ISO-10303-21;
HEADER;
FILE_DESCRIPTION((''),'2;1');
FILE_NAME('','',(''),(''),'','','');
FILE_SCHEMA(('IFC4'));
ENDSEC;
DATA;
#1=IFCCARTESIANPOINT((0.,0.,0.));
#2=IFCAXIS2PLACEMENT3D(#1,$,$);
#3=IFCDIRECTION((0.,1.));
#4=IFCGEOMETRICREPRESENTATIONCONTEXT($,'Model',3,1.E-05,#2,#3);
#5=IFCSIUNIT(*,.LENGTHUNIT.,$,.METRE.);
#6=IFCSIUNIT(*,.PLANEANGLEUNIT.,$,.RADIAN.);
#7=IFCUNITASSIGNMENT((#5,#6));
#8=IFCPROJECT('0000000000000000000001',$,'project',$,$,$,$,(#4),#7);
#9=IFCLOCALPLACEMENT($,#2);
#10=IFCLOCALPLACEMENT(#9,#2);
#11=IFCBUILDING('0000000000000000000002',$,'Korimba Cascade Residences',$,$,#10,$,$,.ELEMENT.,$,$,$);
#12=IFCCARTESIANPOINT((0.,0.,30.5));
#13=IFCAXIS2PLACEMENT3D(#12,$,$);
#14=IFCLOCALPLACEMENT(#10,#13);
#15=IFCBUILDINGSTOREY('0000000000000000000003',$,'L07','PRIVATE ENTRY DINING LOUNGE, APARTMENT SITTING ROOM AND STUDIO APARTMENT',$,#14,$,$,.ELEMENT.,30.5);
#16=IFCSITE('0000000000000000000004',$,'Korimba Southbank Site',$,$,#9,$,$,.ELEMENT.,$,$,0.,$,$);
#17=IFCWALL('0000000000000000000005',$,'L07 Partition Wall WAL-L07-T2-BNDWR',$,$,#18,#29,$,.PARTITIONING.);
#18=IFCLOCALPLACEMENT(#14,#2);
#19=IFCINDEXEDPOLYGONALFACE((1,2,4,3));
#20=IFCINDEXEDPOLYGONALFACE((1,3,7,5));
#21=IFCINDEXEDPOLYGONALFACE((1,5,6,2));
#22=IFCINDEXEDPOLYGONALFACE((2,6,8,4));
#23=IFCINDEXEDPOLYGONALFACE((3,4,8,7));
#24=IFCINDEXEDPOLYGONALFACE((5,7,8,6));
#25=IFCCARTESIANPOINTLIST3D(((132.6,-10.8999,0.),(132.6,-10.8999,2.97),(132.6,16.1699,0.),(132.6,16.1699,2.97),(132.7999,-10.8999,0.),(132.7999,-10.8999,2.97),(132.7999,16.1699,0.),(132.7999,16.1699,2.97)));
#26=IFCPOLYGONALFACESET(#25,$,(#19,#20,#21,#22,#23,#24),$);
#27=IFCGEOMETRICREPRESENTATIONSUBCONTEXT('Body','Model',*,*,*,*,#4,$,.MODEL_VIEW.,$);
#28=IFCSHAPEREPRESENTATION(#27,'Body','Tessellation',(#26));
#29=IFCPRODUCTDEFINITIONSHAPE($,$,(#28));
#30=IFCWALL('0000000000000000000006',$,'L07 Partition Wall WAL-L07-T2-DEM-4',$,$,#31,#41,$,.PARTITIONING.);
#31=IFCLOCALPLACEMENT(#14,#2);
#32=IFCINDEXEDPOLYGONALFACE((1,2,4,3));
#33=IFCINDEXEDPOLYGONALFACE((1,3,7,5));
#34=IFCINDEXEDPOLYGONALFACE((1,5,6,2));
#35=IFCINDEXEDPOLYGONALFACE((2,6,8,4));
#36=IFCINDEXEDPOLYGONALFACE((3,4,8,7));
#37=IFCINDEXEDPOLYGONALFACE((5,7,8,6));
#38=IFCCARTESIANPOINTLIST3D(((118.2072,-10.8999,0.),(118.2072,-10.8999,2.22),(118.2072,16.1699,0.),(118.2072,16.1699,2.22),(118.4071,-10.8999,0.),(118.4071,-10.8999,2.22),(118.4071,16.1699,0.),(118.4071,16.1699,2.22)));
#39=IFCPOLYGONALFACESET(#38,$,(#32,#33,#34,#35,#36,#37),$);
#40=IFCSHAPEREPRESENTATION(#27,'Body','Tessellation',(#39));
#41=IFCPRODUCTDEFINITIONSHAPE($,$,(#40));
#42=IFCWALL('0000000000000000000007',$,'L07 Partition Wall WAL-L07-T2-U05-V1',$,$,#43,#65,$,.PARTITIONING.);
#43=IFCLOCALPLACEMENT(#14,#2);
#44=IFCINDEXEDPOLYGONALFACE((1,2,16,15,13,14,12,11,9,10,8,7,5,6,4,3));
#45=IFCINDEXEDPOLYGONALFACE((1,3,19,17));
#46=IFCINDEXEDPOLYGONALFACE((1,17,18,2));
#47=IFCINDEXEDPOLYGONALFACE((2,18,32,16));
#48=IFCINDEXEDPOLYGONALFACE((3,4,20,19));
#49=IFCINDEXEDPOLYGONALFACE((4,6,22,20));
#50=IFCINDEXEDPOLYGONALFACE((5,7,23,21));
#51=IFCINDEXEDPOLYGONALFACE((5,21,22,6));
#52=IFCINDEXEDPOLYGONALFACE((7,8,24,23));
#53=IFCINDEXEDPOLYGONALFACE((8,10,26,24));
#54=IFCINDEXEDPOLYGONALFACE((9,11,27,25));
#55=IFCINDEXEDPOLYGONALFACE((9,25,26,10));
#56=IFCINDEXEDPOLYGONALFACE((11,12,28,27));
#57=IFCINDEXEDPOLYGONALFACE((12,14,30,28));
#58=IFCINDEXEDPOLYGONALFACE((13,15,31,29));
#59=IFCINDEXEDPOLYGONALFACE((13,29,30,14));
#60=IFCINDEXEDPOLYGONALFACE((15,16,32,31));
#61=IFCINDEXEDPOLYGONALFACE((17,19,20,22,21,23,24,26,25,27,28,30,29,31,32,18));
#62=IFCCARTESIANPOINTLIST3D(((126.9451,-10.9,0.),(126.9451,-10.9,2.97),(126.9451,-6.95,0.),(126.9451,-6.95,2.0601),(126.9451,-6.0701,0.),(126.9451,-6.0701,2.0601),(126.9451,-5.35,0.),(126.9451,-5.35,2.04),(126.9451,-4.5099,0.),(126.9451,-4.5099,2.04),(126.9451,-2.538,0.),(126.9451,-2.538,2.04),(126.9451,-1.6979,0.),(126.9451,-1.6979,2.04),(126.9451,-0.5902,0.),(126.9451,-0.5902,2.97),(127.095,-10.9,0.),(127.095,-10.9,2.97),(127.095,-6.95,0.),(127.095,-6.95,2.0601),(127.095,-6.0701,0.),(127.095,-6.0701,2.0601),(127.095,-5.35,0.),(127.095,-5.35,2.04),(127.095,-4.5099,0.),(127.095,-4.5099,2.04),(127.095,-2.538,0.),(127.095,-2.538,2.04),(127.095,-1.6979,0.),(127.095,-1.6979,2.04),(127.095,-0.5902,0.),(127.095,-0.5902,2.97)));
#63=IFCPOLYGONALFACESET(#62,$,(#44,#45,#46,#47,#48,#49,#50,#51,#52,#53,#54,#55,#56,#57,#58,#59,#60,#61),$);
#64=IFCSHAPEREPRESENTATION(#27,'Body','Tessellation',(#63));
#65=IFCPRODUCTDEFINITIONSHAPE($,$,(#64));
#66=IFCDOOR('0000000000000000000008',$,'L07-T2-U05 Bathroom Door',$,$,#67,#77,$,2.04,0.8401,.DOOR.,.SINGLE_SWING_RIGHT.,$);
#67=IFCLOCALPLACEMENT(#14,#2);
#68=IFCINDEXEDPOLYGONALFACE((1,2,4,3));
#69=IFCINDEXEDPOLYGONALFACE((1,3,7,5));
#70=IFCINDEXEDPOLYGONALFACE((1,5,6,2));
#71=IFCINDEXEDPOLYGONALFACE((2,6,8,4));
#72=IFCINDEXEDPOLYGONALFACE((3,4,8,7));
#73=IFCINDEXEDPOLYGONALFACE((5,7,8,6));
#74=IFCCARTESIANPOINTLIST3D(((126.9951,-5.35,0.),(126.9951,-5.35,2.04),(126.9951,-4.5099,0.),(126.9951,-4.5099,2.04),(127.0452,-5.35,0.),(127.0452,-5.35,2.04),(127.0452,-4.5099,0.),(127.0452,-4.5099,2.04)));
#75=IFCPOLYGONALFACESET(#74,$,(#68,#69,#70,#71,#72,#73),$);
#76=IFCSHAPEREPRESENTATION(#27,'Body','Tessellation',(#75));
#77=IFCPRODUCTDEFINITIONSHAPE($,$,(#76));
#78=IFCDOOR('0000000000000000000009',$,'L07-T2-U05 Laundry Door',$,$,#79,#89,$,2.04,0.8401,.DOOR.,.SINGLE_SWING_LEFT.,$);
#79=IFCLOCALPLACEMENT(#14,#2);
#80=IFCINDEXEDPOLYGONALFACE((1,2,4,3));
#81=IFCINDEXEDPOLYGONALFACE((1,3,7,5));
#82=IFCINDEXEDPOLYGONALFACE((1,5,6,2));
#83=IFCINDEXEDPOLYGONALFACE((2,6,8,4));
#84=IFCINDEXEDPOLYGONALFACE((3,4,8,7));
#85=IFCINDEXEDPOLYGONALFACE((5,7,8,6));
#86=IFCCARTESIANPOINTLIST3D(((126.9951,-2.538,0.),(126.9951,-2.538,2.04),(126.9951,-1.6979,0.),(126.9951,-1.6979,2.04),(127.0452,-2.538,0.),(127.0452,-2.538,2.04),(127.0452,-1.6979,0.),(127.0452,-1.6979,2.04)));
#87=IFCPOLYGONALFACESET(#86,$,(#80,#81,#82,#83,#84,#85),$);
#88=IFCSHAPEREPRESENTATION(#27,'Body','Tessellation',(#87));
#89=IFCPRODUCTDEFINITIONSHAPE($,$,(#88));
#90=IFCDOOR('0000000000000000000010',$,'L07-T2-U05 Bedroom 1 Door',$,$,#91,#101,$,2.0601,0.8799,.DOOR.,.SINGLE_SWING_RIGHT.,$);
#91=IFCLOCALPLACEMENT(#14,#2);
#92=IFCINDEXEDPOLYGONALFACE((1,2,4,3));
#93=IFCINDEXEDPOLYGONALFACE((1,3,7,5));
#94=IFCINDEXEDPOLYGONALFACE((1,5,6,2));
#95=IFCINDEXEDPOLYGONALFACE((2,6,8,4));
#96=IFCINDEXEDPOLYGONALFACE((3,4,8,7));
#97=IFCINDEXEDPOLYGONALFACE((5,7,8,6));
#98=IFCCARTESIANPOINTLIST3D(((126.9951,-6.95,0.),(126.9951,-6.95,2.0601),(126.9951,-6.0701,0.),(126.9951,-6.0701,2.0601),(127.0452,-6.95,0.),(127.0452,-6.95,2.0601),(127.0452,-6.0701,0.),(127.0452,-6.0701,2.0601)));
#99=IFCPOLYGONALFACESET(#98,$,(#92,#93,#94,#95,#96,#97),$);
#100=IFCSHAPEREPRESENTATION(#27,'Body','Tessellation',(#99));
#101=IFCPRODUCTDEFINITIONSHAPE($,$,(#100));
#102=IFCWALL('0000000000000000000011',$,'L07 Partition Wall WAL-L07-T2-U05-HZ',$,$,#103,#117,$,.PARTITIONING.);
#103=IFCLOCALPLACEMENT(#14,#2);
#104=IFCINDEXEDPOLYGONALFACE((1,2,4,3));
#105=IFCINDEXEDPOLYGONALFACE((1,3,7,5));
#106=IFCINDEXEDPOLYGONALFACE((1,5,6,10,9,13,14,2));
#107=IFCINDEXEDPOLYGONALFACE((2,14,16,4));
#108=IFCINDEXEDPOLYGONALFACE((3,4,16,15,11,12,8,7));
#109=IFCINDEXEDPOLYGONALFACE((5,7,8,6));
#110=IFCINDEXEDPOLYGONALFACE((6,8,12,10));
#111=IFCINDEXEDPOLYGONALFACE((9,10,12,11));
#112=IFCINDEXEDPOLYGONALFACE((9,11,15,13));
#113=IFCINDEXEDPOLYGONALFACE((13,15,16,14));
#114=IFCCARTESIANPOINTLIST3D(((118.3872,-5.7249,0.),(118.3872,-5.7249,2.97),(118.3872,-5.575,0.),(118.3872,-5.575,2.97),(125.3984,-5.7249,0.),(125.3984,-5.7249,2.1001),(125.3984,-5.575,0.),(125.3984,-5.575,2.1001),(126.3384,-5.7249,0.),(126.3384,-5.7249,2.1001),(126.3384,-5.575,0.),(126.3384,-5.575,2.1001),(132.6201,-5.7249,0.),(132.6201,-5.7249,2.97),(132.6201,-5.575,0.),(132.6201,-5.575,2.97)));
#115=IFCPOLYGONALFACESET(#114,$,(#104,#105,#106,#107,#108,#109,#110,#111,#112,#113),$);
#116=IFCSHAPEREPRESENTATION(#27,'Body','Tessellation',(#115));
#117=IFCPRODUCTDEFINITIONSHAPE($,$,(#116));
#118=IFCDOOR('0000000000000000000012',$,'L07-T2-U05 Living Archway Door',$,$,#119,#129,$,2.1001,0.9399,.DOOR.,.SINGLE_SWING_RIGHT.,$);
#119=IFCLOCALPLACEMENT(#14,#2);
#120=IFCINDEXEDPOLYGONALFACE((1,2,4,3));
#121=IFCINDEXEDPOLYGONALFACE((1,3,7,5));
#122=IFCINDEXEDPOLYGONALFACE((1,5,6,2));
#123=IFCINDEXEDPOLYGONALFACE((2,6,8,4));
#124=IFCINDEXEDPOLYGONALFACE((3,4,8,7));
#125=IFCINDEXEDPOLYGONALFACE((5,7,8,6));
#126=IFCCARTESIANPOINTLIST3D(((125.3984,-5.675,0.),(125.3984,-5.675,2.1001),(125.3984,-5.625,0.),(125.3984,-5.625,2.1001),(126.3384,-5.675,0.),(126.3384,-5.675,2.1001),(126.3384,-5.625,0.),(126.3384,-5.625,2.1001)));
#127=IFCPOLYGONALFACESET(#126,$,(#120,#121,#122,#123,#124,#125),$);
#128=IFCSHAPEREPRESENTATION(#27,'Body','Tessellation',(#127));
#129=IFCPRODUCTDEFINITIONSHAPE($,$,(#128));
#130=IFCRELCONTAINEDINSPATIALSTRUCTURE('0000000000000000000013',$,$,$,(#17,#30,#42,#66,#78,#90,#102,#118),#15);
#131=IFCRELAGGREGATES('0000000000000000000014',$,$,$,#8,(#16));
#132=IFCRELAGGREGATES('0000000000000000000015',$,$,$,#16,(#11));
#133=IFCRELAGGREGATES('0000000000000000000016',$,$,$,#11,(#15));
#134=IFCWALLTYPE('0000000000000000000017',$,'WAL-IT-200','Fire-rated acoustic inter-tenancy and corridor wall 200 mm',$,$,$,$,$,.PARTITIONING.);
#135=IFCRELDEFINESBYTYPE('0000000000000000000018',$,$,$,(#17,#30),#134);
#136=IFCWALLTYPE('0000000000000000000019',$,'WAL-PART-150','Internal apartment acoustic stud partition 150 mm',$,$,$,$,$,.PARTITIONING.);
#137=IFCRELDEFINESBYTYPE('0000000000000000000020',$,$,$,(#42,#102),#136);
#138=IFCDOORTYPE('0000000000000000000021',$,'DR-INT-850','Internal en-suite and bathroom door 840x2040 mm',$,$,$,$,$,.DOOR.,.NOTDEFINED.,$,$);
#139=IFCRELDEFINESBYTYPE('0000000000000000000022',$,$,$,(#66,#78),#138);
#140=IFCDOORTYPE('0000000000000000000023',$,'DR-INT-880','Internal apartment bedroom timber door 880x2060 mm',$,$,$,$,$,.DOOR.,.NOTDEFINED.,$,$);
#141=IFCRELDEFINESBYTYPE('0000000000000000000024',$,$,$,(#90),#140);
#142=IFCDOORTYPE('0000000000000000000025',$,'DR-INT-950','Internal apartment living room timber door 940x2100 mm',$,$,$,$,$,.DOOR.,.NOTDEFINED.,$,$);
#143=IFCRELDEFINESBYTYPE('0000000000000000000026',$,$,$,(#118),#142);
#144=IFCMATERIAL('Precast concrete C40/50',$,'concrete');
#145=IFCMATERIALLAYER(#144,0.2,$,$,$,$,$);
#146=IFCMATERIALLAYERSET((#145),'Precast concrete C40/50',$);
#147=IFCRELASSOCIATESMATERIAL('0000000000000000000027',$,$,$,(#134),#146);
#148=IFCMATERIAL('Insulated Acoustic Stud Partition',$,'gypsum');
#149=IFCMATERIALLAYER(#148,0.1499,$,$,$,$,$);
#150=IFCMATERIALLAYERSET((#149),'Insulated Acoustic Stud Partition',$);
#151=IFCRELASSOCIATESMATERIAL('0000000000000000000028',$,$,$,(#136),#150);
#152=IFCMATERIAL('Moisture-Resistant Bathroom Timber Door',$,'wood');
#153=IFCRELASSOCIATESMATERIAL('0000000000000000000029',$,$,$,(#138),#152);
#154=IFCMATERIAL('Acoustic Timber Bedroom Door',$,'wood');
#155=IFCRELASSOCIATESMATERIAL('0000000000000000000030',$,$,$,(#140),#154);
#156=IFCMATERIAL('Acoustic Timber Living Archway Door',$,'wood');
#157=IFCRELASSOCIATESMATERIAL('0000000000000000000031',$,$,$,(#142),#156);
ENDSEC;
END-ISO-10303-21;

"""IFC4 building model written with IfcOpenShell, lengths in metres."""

from ifc_helpers import new_model, si_unit, direction, frame, frame_2d, origin, place, context, subcontext, project, spatial, rectangle, extrude, material, layer, layer_set, type_object, element, fill, save


model = new_model("IFC4")

# Units and contexts
model_context = context("Model", 3, precision=1e-05, world=origin(), true_north=direction((0.0, 1.0)))
body_context = subcontext(model_context, "Body", "Model", "MODEL_VIEW")
ifc_project = project(units=[si_unit("LENGTHUNIT", "METRE"), si_unit("PLANEANGLEUNIT", "RADIAN")], contexts=[model_context])

# Site, building, storey
site_placement = place(None, origin())
site = spatial("IfcSite", under=ifc_project, at=site_placement, Name="Korimba Southbank Site", CompositionType="ELEMENT", RefElevation=0.0)
building_placement = place(site_placement, origin())
building = spatial("IfcBuilding", under=site, at=building_placement, Name="Korimba Cascade Residences", CompositionType="ELEMENT")
storey_placement = place(building_placement, frame((0.0, 0.0, 30.5)))
storey = spatial("IfcBuildingStorey", under=building, at=storey_placement, Name="L07", Description="PRIVATE ENTRY DINING LOUNGE, APARTMENT SITTING ROOM AND STUDIO APARTMENT", CompositionType="ELEMENT", Elevation=30.5)

# Shared definitions
ifc_material_1 = material(Name="Precast concrete C40/50", Category="concrete")

# Walls
ifc_layer_1 = layer(ifc_material_1, 0.2)
ifc_layer_set_1 = layer_set([ifc_layer_1], Name="Precast concrete C40/50")
wall_type_1 = type_object("IfcWallType", Name="WAL-IT-200", Description="Fire-rated acoustic inter-tenancy and corridor wall 200 mm", PredefinedType="PARTITIONING", material=ifc_layer_set_1)
wall_1_placement = place(storey_placement, frame((132.7, -10.8999, 0.0), z_axis=(0.0, 0.0, 1.0), x_axis=(0.0, 1.0, 0.0)))
element("IfcWall", 1, at=wall_1_placement, inside=storey, type_object=wall_type_1, Name="L07 Partition Wall WAL-L07-T2-BNDWR", PredefinedType="PARTITIONING", context=body_context, shape_type="SweptSolid", body=[
    extrude(rectangle(XDim=27.0698, YDim=0.2, at=frame_2d((13.5349, 0.0))), origin(), (0.0, 0.0, 1.0), 2.97),
])
wall_2_placement = place(storey_placement, frame((118.3071, -10.8999, 0.0), z_axis=(0.0, 0.0, 1.0), x_axis=(0.0, 1.0, 0.0)))
element("IfcWall", 2, at=wall_2_placement, inside=storey, type_object=wall_type_1, Name="L07 Partition Wall WAL-L07-T2-DEM-4", PredefinedType="PARTITIONING", context=body_context, shape_type="SweptSolid", body=[
    extrude(rectangle(XDim=27.0698, YDim=0.2, at=frame_2d((13.5349, 0.0))), origin(), (0.0, 0.0, 1.0), 2.22),
])

# Wall, openings, doors
ifc_material_2 = material(Name="Insulated Acoustic Stud Partition", Category="gypsum")
ifc_layer_2 = layer(ifc_material_2, 0.1499)
ifc_layer_set_2 = layer_set([ifc_layer_2], Name="Insulated Acoustic Stud Partition")
wall_type_2 = type_object("IfcWallType", Name="WAL-PART-150", Description="Internal apartment acoustic stud partition 150 mm", PredefinedType="PARTITIONING", material=ifc_layer_set_2)
wall_3_placement = place(storey_placement, frame((127.02, -10.8999, 0.0), z_axis=(0.0, 0.0, 1.0), x_axis=(0.0, 1.0, 0.0)))
wall_3 = element("IfcWall", 3, at=wall_3_placement, inside=storey, type_object=wall_type_2, Name="L07 Partition Wall WAL-L07-T2-U05-V1", PredefinedType="PARTITIONING", context=body_context, shape_type="SweptSolid", body=[
    extrude(rectangle(XDim=10.3098, YDim=0.1499, at=frame_2d((5.1548, 0.0))), origin(), (0.0, 0.0, 1.0), 2.97),
])
opening_1_placement = place(wall_3_placement, frame((5.55, 0.0, 0.0)))
opening_1 = element("IfcOpeningElement", 4, at=opening_1_placement, cuts=wall_3, PredefinedType="OPENING", context=body_context, shape_type="SweptSolid", body=[
    extrude(rectangle(XDim=0.8401, YDim=2.04, at=frame_2d((0.4199, 1.02))), frame((0.0, 0.085, 0.0), z_axis=(0.0, -1.0, 0.0), x_axis=(1.0, 0.0, 0.0)), (0.0, 0.0, 1.0), 0.1699),
])
opening_2_placement = place(wall_3_placement, frame((8.3621, 0.0, 0.0)))
opening_2 = element("IfcOpeningElement", 5, at=opening_2_placement, cuts=wall_3, PredefinedType="OPENING", context=body_context, shape_type="SweptSolid", body=[
    extrude(rectangle(XDim=0.8401, YDim=2.04, at=frame_2d((0.4199, 1.02))), frame((0.0, 0.085, 0.0), z_axis=(0.0, -1.0, 0.0), x_axis=(1.0, 0.0, 0.0)), (0.0, 0.0, 1.0), 0.1699),
])
opening_3_placement = place(wall_3_placement, frame((3.95, 0.0, 0.0)))
opening_3 = element("IfcOpeningElement", 6, at=opening_3_placement, cuts=wall_3, PredefinedType="OPENING", context=body_context, shape_type="SweptSolid", body=[
    extrude(rectangle(XDim=0.8799, YDim=2.0601, at=frame_2d((0.4399, 1.03))), frame((0.0, 0.085, 0.0), z_axis=(0.0, -1.0, 0.0), x_axis=(1.0, 0.0, 0.0)), (0.0, 0.0, 1.0), 0.1699),
])
ifc_material_3 = material(Name="Moisture-Resistant Bathroom Timber Door", Category="wood")
door_type_1 = type_object("IfcDoorType", Name="DR-INT-850", Description="Internal en-suite and bathroom door 840x2040 mm", OperationType="NOTDEFINED", PredefinedType="DOOR", material=ifc_material_3)
door_1_placement = place(opening_1_placement, origin())
door_1 = element("IfcDoor", 7, at=door_1_placement, inside=storey, type_object=door_type_1, Name="L07-T2-U05 Bathroom Door", OperationType="SINGLE_SWING_RIGHT", OverallHeight=2.04, OverallWidth=0.8401, PredefinedType="DOOR", context=body_context, shape_type="SweptSolid", body=[
    extrude(rectangle(XDim=0.8401, YDim=2.04, at=frame_2d((0.4199, 1.02))), frame((0.0, 0.0249, 0.0), z_axis=(0.0, -1.0, 0.0), x_axis=(1.0, 0.0, 0.0)), (0.0, 0.0, 1.0), 0.05),
])
fill(opening_1, door_1)
door_2_placement = place(opening_2_placement, origin())
door_2 = element("IfcDoor", 8, at=door_2_placement, inside=storey, type_object=door_type_1, Name="L07-T2-U05 Laundry Door", OperationType="SINGLE_SWING_LEFT", OverallHeight=2.04, OverallWidth=0.8401, PredefinedType="DOOR", context=body_context, shape_type="SweptSolid", body=[
    extrude(rectangle(XDim=0.8401, YDim=2.04, at=frame_2d((0.4199, 1.02))), frame((0.0, 0.0249, 0.0), z_axis=(0.0, -1.0, 0.0), x_axis=(1.0, 0.0, 0.0)), (0.0, 0.0, 1.0), 0.05),
])
fill(opening_2, door_2)
ifc_material_4 = material(Name="Acoustic Timber Bedroom Door", Category="wood")
door_type_2 = type_object("IfcDoorType", Name="DR-INT-880", Description="Internal apartment bedroom timber door 880x2060 mm", OperationType="NOTDEFINED", PredefinedType="DOOR", material=ifc_material_4)
door_3_placement = place(opening_3_placement, origin())
door_3 = element("IfcDoor", 9, at=door_3_placement, inside=storey, type_object=door_type_2, Name="L07-T2-U05 Bedroom 1 Door", OperationType="SINGLE_SWING_RIGHT", OverallHeight=2.0601, OverallWidth=0.8799, PredefinedType="DOOR", context=body_context, shape_type="SweptSolid", body=[
    extrude(rectangle(XDim=0.8799, YDim=2.0601, at=frame_2d((0.4399, 1.03))), frame((0.0, 0.0249, 0.0), z_axis=(0.0, -1.0, 0.0), x_axis=(1.0, 0.0, 0.0)), (0.0, 0.0, 1.0), 0.05),
])
fill(opening_3, door_3)

# Wall, opening, door
wall_4_placement = place(storey_placement, frame((118.3872, -5.6499, 0.0), z_axis=(0.0, 0.0, 1.0), x_axis=(1.0, 0.0, 0.0)))
wall_4 = element("IfcWall", 10, at=wall_4_placement, inside=storey, type_object=wall_type_2, Name="L07 Partition Wall WAL-L07-T2-U05-HZ", PredefinedType="PARTITIONING", context=body_context, shape_type="SweptSolid", body=[
    extrude(rectangle(XDim=14.2329, YDim=0.1499, at=frame_2d((7.1165, 0.0))), origin(), (0.0, 0.0, 1.0), 2.97),
])
opening_4_placement = place(wall_4_placement, frame((7.0112, 0.0, 0.0)))
opening_4 = element("IfcOpeningElement", 11, at=opening_4_placement, cuts=wall_4, PredefinedType="OPENING", context=body_context, shape_type="SweptSolid", body=[
    extrude(rectangle(XDim=0.9399, YDim=2.1001, at=frame_2d((0.47, 1.05))), frame((0.0, 0.085, 0.0), z_axis=(0.0, -1.0, 0.0), x_axis=(1.0, 0.0, 0.0)), (0.0, 0.0, 1.0), 0.1699),
])
ifc_material_5 = material(Name="Acoustic Timber Living Archway Door", Category="wood")
door_type_3 = type_object("IfcDoorType", Name="DR-INT-950", Description="Internal apartment living room timber door 940x2100 mm", OperationType="NOTDEFINED", PredefinedType="DOOR", material=ifc_material_5)
door_4_placement = place(opening_4_placement, origin())
door_4 = element("IfcDoor", 12, at=door_4_placement, inside=storey, type_object=door_type_3, Name="L07-T2-U05 Living Archway Door", OperationType="SINGLE_SWING_RIGHT", OverallHeight=2.1001, OverallWidth=0.9399, PredefinedType="DOOR", context=body_context, shape_type="SweptSolid", body=[
    extrude(rectangle(XDim=0.9399, YDim=2.1001, at=frame_2d((0.47, 1.05))), frame((0.0, 0.0249, 0.0), z_axis=(0.0, -1.0, 0.0), x_axis=(1.0, 0.0, 0.0)), (0.0, 0.0, 1.0), 0.05),
])
fill(opening_4, door_4)

save(model, "model.ifc")
